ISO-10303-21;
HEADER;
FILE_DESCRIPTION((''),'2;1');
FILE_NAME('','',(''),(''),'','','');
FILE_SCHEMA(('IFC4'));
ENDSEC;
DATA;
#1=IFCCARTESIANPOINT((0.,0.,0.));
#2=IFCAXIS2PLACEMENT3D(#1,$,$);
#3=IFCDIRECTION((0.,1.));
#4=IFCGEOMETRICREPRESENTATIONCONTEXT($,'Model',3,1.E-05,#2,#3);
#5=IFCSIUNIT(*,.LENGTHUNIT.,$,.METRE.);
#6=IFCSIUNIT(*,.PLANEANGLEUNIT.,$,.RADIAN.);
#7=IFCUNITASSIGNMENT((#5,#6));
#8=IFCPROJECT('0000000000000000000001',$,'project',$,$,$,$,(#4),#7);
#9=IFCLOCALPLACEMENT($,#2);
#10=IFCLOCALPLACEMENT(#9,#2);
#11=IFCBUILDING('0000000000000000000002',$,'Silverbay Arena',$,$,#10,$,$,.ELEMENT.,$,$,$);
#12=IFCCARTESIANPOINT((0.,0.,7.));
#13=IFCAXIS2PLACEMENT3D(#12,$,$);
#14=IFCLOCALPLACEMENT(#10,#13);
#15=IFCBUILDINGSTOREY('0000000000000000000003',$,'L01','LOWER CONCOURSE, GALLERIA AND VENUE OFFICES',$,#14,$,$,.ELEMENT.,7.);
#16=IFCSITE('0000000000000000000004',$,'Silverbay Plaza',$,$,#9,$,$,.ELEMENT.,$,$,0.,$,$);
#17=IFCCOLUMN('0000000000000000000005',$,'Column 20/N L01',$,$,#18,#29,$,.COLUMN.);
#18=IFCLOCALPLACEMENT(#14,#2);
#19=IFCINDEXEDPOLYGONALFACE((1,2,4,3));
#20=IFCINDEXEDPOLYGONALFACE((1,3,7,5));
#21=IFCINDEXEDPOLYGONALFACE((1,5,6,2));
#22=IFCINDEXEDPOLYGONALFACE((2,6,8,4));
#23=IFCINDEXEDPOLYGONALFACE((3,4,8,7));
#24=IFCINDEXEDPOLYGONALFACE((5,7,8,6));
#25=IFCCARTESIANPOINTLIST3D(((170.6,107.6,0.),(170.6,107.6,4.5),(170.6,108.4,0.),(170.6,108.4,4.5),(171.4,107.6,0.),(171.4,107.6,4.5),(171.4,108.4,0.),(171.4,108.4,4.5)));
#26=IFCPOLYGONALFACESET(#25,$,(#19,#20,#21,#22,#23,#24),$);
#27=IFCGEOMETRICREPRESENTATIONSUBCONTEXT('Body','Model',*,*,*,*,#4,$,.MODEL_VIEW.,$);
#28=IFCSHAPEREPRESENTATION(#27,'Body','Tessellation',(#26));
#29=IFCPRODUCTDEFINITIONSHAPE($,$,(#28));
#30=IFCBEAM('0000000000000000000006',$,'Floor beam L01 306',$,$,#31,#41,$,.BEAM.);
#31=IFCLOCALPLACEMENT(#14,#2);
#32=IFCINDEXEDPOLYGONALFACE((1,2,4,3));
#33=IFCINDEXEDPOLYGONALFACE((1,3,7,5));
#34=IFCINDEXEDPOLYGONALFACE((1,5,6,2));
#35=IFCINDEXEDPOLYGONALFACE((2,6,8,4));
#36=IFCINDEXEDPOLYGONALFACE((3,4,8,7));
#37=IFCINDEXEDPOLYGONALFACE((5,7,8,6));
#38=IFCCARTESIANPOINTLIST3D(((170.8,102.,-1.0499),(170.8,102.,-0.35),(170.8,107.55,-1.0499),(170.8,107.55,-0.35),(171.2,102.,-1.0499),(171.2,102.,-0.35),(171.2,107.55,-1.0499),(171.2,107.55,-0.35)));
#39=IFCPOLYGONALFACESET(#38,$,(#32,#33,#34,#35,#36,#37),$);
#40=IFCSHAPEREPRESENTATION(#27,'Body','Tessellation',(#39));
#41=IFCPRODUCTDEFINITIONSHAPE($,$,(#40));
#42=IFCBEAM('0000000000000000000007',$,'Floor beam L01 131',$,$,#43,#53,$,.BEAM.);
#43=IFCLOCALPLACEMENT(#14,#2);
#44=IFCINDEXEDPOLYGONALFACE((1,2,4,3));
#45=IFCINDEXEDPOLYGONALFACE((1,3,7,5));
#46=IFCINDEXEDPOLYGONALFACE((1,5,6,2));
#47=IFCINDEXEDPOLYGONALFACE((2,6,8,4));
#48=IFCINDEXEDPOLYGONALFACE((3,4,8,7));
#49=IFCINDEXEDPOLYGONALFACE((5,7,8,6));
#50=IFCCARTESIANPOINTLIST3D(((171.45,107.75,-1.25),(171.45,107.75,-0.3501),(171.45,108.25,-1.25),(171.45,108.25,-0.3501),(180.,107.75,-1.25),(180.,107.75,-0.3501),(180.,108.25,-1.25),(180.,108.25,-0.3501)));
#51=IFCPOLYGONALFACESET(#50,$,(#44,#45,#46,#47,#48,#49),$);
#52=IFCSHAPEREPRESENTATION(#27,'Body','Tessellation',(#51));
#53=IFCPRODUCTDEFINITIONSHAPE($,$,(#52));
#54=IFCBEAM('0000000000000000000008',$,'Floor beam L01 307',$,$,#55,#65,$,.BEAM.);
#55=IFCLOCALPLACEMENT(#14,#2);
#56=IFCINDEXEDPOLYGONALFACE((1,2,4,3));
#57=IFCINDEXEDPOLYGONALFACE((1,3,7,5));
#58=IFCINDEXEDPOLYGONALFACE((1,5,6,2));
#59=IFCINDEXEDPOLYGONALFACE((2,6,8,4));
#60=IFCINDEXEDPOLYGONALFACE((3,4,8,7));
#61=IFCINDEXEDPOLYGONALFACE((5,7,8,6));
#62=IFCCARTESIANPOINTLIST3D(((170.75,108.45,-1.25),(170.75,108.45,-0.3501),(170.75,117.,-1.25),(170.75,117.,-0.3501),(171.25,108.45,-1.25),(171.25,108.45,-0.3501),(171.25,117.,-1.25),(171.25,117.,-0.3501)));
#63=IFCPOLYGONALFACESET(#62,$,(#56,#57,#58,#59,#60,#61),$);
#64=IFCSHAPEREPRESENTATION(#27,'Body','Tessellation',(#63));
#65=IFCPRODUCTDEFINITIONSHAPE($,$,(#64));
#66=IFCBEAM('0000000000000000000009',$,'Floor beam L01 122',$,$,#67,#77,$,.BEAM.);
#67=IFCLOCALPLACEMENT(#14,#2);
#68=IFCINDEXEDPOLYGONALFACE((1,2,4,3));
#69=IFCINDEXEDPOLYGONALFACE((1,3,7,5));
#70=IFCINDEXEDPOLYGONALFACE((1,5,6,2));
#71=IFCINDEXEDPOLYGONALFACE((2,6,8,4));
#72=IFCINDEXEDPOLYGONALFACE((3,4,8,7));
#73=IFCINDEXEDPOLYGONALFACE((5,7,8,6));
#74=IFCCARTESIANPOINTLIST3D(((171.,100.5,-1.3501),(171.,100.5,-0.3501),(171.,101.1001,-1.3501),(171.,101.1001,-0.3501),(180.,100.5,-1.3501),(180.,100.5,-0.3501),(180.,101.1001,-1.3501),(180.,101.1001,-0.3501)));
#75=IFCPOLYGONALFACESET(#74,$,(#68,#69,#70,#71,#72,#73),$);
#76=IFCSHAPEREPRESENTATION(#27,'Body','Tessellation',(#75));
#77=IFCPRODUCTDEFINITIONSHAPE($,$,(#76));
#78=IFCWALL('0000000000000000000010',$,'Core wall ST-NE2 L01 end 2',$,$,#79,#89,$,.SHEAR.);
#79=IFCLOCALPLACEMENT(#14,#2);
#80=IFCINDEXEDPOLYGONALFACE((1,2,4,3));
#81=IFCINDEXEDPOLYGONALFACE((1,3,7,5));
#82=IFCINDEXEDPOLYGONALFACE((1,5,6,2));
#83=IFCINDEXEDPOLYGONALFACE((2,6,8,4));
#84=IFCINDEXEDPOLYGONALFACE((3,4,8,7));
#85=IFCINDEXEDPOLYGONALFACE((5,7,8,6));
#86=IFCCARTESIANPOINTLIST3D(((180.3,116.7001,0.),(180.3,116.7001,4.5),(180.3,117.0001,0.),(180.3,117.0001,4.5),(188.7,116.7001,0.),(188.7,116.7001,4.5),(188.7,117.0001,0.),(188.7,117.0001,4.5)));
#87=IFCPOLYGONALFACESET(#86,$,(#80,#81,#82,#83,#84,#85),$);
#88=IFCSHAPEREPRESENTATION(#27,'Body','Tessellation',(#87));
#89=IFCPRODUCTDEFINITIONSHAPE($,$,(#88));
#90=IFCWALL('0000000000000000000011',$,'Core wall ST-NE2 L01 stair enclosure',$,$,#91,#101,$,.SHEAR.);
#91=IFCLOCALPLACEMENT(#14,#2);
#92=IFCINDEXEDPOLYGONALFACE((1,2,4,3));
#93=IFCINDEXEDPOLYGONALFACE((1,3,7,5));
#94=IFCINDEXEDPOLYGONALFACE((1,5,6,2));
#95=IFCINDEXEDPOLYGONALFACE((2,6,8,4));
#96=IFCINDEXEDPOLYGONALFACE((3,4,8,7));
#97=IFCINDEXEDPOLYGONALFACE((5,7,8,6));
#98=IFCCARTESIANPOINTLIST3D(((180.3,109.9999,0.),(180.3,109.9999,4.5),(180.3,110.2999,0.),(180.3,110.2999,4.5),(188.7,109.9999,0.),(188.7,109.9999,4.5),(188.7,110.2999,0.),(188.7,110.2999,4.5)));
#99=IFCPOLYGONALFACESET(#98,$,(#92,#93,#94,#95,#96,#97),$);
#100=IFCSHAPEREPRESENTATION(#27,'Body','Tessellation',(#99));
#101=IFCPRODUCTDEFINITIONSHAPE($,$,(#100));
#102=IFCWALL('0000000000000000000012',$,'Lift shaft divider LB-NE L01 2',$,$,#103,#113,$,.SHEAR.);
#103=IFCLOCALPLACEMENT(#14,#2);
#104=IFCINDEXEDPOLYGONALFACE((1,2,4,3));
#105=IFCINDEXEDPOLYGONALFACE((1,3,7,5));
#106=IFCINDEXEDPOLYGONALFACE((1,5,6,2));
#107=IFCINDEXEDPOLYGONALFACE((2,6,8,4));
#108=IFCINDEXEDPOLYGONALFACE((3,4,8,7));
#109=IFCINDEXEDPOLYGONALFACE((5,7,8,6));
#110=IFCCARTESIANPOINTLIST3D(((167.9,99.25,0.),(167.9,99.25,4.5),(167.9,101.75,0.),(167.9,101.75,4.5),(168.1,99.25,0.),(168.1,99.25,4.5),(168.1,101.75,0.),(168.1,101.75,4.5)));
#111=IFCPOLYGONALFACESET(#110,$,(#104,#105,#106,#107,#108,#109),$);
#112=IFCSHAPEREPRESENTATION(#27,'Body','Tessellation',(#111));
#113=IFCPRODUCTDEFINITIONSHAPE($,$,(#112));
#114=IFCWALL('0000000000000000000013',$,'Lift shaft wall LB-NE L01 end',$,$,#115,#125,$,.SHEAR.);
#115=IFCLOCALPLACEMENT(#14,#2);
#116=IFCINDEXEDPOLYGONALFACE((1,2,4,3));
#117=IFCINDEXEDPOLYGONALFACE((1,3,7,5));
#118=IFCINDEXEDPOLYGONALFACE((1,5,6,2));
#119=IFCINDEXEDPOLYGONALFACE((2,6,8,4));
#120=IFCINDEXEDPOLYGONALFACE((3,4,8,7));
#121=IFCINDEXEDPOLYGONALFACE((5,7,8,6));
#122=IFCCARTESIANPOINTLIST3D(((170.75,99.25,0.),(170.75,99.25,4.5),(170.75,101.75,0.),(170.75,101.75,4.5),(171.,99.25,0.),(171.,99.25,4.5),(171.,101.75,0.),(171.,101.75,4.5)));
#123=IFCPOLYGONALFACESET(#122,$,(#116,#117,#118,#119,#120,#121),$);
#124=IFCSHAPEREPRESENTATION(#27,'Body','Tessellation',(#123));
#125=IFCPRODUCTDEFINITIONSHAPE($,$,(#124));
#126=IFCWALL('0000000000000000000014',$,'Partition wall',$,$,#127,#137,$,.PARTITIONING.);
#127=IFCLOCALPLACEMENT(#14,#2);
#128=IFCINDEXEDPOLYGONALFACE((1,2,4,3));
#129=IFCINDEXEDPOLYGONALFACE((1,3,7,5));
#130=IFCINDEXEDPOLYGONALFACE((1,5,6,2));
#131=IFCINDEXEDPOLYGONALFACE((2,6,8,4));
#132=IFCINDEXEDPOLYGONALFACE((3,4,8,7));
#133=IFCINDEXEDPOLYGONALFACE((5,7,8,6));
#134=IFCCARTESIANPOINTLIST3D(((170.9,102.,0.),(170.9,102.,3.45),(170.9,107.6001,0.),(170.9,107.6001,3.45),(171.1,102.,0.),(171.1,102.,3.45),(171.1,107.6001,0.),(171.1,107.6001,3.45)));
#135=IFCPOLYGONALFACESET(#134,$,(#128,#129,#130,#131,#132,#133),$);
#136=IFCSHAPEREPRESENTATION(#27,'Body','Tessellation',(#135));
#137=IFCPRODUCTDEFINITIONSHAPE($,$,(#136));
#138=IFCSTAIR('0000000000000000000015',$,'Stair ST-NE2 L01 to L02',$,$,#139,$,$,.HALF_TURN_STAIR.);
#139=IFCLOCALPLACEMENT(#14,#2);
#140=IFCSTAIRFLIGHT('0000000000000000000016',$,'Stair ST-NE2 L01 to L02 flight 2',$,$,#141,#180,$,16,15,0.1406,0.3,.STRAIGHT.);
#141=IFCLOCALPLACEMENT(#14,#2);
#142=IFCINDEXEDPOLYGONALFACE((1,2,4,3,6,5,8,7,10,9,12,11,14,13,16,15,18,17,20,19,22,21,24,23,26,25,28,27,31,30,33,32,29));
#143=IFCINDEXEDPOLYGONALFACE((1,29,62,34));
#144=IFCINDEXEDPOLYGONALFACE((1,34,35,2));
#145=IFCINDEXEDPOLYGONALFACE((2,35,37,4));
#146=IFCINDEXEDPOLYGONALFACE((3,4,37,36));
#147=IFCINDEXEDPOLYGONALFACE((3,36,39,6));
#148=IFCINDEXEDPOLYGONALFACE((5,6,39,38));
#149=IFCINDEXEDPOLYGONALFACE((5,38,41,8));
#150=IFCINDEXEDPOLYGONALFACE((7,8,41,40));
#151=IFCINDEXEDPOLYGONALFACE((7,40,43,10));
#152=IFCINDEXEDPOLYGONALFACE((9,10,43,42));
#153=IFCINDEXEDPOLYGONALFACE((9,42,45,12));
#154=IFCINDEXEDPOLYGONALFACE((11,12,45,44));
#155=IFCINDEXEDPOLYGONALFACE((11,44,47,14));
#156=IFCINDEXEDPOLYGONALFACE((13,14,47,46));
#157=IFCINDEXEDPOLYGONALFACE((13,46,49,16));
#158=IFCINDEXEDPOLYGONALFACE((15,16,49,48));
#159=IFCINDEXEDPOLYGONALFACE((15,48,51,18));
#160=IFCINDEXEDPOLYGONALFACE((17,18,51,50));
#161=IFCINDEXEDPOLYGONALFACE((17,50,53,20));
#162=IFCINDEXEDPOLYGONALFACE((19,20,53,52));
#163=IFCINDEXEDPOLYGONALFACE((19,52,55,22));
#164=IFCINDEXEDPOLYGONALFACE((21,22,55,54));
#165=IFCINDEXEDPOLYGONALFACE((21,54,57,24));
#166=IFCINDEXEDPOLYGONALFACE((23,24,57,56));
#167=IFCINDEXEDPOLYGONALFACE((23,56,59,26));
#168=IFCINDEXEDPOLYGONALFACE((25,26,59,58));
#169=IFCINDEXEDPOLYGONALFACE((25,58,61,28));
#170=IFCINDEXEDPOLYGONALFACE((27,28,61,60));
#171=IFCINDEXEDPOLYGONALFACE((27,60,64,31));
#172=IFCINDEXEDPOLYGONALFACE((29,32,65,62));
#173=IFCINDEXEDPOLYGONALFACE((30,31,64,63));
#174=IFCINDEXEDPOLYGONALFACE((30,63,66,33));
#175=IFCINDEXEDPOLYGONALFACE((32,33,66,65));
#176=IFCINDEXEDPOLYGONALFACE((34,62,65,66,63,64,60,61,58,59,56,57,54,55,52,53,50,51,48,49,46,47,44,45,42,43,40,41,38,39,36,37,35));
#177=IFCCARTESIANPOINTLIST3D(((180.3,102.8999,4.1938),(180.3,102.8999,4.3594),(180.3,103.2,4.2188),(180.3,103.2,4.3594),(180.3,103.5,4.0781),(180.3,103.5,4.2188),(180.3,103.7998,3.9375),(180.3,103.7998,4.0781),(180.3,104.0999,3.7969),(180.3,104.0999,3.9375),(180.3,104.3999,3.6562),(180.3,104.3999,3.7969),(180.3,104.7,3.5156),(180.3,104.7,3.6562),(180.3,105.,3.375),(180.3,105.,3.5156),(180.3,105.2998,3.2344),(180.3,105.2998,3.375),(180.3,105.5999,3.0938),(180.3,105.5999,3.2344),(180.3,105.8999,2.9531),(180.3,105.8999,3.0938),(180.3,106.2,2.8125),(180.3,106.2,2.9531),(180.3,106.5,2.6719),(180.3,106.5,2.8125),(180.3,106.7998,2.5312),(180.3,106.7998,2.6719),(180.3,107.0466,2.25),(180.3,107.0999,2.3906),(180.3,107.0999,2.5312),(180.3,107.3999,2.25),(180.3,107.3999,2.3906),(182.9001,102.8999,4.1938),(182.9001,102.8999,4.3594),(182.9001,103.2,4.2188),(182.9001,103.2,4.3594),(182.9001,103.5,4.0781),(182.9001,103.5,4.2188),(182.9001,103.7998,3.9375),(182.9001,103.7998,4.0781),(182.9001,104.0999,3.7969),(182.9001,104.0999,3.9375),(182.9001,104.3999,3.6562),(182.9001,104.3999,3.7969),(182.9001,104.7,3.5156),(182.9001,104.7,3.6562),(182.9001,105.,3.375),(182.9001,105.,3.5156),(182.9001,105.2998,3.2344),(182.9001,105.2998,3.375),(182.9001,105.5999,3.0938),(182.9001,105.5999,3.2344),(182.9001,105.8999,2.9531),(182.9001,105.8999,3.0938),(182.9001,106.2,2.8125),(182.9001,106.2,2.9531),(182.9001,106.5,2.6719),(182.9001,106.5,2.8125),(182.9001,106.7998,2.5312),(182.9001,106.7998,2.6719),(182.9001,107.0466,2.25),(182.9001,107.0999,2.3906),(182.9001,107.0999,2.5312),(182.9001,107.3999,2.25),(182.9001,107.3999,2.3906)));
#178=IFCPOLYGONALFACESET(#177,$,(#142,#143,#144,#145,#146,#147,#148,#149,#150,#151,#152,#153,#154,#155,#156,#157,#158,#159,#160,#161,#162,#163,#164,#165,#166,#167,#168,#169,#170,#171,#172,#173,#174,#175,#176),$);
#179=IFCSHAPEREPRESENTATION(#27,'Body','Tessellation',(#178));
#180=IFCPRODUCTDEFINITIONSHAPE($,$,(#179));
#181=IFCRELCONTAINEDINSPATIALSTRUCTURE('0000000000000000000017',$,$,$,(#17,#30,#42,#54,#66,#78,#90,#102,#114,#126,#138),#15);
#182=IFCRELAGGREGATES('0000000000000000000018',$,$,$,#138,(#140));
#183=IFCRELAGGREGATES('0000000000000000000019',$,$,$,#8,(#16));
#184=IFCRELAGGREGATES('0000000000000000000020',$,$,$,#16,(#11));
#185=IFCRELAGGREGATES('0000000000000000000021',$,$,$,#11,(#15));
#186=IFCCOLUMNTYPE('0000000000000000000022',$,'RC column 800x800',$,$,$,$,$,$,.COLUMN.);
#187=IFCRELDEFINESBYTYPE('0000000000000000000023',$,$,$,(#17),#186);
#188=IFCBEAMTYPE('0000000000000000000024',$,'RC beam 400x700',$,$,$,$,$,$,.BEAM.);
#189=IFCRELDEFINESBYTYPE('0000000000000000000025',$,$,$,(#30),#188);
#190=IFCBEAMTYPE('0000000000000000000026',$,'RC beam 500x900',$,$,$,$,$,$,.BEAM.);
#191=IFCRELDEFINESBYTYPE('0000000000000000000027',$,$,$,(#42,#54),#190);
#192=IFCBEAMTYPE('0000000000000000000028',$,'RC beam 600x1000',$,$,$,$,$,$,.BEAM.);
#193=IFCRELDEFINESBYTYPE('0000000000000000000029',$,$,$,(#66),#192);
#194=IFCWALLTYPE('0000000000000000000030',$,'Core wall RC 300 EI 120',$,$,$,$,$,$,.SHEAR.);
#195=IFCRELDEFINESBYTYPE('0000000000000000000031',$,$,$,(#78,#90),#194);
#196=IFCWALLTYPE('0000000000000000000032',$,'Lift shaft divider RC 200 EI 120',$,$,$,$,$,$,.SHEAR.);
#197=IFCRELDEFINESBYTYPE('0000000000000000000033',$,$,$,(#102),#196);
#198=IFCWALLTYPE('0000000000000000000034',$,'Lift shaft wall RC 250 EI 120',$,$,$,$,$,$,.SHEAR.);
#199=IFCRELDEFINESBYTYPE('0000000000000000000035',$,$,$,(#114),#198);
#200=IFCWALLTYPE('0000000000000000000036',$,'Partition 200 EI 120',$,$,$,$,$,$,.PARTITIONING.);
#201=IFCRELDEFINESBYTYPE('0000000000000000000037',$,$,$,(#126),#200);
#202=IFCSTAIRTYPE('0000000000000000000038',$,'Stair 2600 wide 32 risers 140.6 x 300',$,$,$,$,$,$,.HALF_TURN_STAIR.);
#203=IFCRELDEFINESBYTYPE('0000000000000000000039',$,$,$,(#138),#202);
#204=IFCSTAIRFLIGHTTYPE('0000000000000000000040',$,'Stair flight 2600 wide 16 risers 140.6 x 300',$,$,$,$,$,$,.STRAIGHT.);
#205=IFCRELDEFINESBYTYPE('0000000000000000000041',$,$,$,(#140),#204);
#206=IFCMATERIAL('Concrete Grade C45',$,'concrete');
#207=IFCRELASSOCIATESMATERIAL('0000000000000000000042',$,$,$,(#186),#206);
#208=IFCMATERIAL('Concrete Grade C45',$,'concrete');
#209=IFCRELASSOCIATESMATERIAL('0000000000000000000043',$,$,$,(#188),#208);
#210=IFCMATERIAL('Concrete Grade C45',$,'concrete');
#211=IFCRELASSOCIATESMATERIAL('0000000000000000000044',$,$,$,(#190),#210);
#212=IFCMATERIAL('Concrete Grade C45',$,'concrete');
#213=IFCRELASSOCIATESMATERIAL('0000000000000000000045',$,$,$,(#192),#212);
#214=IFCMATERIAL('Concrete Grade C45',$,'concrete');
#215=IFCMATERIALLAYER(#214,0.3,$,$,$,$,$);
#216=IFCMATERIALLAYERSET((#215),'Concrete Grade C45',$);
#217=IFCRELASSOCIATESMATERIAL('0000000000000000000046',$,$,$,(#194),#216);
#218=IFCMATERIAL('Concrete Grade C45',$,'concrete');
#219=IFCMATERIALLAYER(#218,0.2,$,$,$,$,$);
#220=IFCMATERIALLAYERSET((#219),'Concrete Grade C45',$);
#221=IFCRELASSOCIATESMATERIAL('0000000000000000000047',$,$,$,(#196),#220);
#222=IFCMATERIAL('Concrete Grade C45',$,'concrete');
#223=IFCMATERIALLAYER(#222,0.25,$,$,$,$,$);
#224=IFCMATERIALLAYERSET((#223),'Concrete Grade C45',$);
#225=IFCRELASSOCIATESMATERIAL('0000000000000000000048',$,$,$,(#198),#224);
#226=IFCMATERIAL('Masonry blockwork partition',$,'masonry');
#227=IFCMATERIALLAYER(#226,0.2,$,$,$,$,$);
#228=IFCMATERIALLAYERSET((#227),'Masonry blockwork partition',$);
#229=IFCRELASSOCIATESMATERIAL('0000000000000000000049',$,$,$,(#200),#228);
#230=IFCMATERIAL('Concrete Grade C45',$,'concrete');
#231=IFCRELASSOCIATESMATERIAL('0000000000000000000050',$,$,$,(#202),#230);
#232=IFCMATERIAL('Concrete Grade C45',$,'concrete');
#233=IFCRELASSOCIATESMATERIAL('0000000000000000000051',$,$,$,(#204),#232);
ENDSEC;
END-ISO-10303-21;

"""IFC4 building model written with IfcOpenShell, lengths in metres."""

from ifc_helpers import new_model, si_unit, direction, frame, frame_2d, origin, origin_2d, place, context, subcontext, project, spatial, polyline, rectangle, outline, extrude, material, layer, layer_set, material_profile, profile_set, type_object, element, aggregate, save


model = new_model("IFC4")

# Units and contexts
model_context = context("Model", 3, precision=1e-05, world=origin(), true_north=direction((0.0, 1.0)))
body_context = subcontext(model_context, "Body", "Model", "MODEL_VIEW")
ifc_project = project(units=[si_unit("LENGTHUNIT", "METRE"), si_unit("PLANEANGLEUNIT", "RADIAN")], contexts=[model_context])

# Site, building, storey
site_placement = place(None, origin())
site = spatial("IfcSite", under=ifc_project, at=site_placement, Name="Silverbay Plaza", CompositionType="ELEMENT", RefElevation=0.0)
building_placement = place(site_placement, origin())
building = spatial("IfcBuilding", under=site, at=building_placement, Name="Silverbay Arena", CompositionType="ELEMENT")
storey_placement = place(building_placement, frame((0.0, 0.0, 7.0)))
storey = spatial("IfcBuildingStorey", under=building, at=storey_placement, Name="L01", Description="LOWER CONCOURSE, GALLERIA AND VENUE OFFICES", CompositionType="ELEMENT", Elevation=7.0)

# Column
ifc_material_1 = material(Name="Concrete Grade C45", Category="concrete")
ifc_material_profile_1 = material_profile(ifc_material_1, rectangle(XDim=0.8, YDim=0.8, at=origin_2d()), Name="RC 800x800")
ifc_profile_set_1 = profile_set([ifc_material_profile_1], Name="Concrete Grade C45")
column_type = type_object("IfcColumnType", Name="RC column 800x800", PredefinedType="COLUMN", material=ifc_profile_set_1)
column_placement = place(storey_placement, frame((171.0, 108.0, 0.0), z_axis=(0.0, 0.0, 1.0), x_axis=(1.0, 0.0, 0.0)))
element("IfcColumn", 1, at=column_placement, inside=storey, type_object=column_type, Name="Column 20/N L01", PredefinedType="COLUMN", context=body_context, shape_type="SweptSolid", body=[
    extrude(rectangle(XDim=0.8, YDim=0.8, at=origin_2d()), origin(), (0.0, 0.0, 1.0), 4.5),
])

# Beams
ifc_material_2 = material(Name="Concrete Grade C45", Category="concrete")
ifc_material_profile_2 = material_profile(ifc_material_2, rectangle(XDim=0.3999, YDim=0.7, at=origin_2d()), Name="RC 400x700")
ifc_profile_set_2 = profile_set([ifc_material_profile_2], Name="Concrete Grade C45")
beam_type_1 = type_object("IfcBeamType", Name="RC beam 400x700", PredefinedType="BEAM", material=ifc_profile_set_2)
beam_1_placement = place(storey_placement, frame((171.0, 102.0, -0.7), z_axis=(0.0, 1.0, 0.0), x_axis=(-1.0, 0.0, 0.0)))
element("IfcBeam", 2, at=beam_1_placement, inside=storey, type_object=beam_type_1, Name="Floor beam L01 306", PredefinedType="BEAM", context=body_context, shape_type="SweptSolid", body=[
    extrude(rectangle(XDim=0.3999, YDim=0.7, at=origin_2d()), origin(), (0.0, 0.0, 1.0), 5.55),
])
ifc_material_3 = material(Name="Concrete Grade C45", Category="concrete")
ifc_material_profile_3 = material_profile(ifc_material_3, rectangle(XDim=0.5, YDim=0.8999, at=origin_2d()), Name="RC 500x900")
ifc_profile_set_3 = profile_set([ifc_material_profile_3], Name="Concrete Grade C45")
beam_type_2 = type_object("IfcBeamType", Name="RC beam 500x900", PredefinedType="BEAM", material=ifc_profile_set_3)
for number, where, z_axis, x_axis, name in (
    (3, (171.45, 108.0, -0.8), (1.0, 0.0, 0.0), (0.0, 1.0, 0.0), "Floor beam L01 131"),
    (4, (171.0, 108.45, -0.8), (0.0, 1.0, 0.0), (-1.0, 0.0, 0.0), "Floor beam L01 307"),
):
    element("IfcBeam", number, at=place(storey_placement, frame(where, z_axis=z_axis, x_axis=x_axis)), inside=storey, type_object=beam_type_2, Name=name, PredefinedType="BEAM", context=body_context, shape_type="SweptSolid", body=[
        extrude(rectangle(XDim=0.5, YDim=0.8999, at=origin_2d()), origin(), (0.0, 0.0, 1.0), 8.55),
    ])
ifc_material_4 = material(Name="Concrete Grade C45", Category="concrete")
ifc_material_profile_4 = material_profile(ifc_material_4, rectangle(XDim=0.6001, YDim=1.0, at=origin_2d()), Name="RC 600x1000")
ifc_profile_set_4 = profile_set([ifc_material_profile_4], Name="Concrete Grade C45")
beam_type_3 = type_object("IfcBeamType", Name="RC beam 600x1000", PredefinedType="BEAM", material=ifc_profile_set_4)
beam_2_placement = place(storey_placement, frame((171.0, 100.8, -0.8501), z_axis=(1.0, 0.0, 0.0), x_axis=(0.0, 1.0, 0.0)))
element("IfcBeam", 5, at=beam_2_placement, inside=storey, type_object=beam_type_3, Name="Floor beam L01 122", PredefinedType="BEAM", context=body_context, shape_type="SweptSolid", body=[
    extrude(rectangle(XDim=0.6001, YDim=1.0, at=origin_2d()), origin(), (0.0, 0.0, 1.0), 9.0),
])

# Walls
ifc_material_5 = material(Name="Concrete Grade C45", Category="concrete")
ifc_layer_1 = layer(ifc_material_5, 0.3)
ifc_layer_set_1 = layer_set([ifc_layer_1], Name="Concrete Grade C45")
wall_type_1 = type_object("IfcWallType", Name="Core wall RC 300 EI 120", PredefinedType="SHEAR", material=ifc_layer_set_1)
for number, where, z_axis, x_axis, name in (
    (6, (180.3, 116.8501, 0.0), (0.0, 0.0, 1.0), (1.0, 0.0, 0.0), "Core wall ST-NE2 L01 end 2"),
    (7, (180.3, 110.1499, 0.0), (0.0, 0.0, 1.0), (1.0, 0.0, 0.0), "Core wall ST-NE2 L01 stair enclosure"),
):
    element("IfcWall", number, at=place(storey_placement, frame(where, z_axis=z_axis, x_axis=x_axis)), inside=storey, type_object=wall_type_1, Name=name, PredefinedType="SHEAR", context=body_context, shape_type="SweptSolid", body=[
        extrude(rectangle(XDim=8.3999, YDim=0.3, at=frame_2d((4.2, 0.0))), origin(), (0.0, 0.0, 1.0), 4.5),
    ])
ifc_material_6 = material(Name="Concrete Grade C45", Category="concrete")
ifc_layer_2 = layer(ifc_material_6, 0.2)
ifc_layer_set_2 = layer_set([ifc_layer_2], Name="Concrete Grade C45")
wall_type_2 = type_object("IfcWallType", Name="Lift shaft divider RC 200 EI 120", PredefinedType="SHEAR", material=ifc_layer_set_2)
wall_1_placement = place(storey_placement, frame((168.0, 99.25, 0.0), z_axis=(0.0, 0.0, 1.0), x_axis=(0.0, 1.0, 0.0)))
element("IfcWall", 8, at=wall_1_placement, inside=storey, type_object=wall_type_2, Name="Lift shaft divider LB-NE L01 2", PredefinedType="SHEAR", context=body_context, shape_type="SweptSolid", body=[
    extrude(rectangle(XDim=2.5, YDim=0.2, at=frame_2d((1.25, 0.0))), origin(), (0.0, 0.0, 1.0), 4.5),
])
ifc_material_7 = material(Name="Concrete Grade C45", Category="concrete")
ifc_layer_3 = layer(ifc_material_7, 0.25)
ifc_layer_set_3 = layer_set([ifc_layer_3], Name="Concrete Grade C45")
wall_type_3 = type_object("IfcWallType", Name="Lift shaft wall RC 250 EI 120", PredefinedType="SHEAR", material=ifc_layer_set_3)
wall_2_placement = place(storey_placement, frame((170.875, 99.25, 0.0), z_axis=(0.0, 0.0, 1.0), x_axis=(0.0, 1.0, 0.0)))
element("IfcWall", 9, at=wall_2_placement, inside=storey, type_object=wall_type_3, Name="Lift shaft wall LB-NE L01 end", PredefinedType="SHEAR", context=body_context, shape_type="SweptSolid", body=[
    extrude(rectangle(XDim=2.5, YDim=0.25, at=frame_2d((1.25, 0.0))), origin(), (0.0, 0.0, 1.0), 4.5),
])
ifc_material_8 = material(Name="Masonry blockwork partition", Category="masonry")
ifc_layer_4 = layer(ifc_material_8, 0.2)
ifc_layer_set_4 = layer_set([ifc_layer_4], Name="Masonry blockwork partition")
wall_type_4 = type_object("IfcWallType", Name="Partition 200 EI 120", PredefinedType="PARTITIONING", material=ifc_layer_set_4)
wall_3_placement = place(storey_placement, frame((171.0, 102.0, 0.0), z_axis=(0.0, 0.0, 1.0), x_axis=(0.0, 1.0, 0.0)))
element("IfcWall", 10, at=wall_3_placement, inside=storey, type_object=wall_type_4, Name="Partition wall", PredefinedType="PARTITIONING", context=body_context, shape_type="SweptSolid", body=[
    extrude(rectangle(XDim=5.6001, YDim=0.2, at=frame_2d((2.8, 0.0))), origin(), (0.0, 0.0, 1.0), 3.45),
])

# Stair, stair flight
ifc_material_9 = material(Name="Concrete Grade C45", Category="concrete")
stair_type = type_object("IfcStairType", Name="Stair 2600 wide 32 risers 140.6 x 300", PredefinedType="HALF_TURN_STAIR", material=ifc_material_9)
stair_placement = place(storey_placement, origin())
stair = element("IfcStair", 11, at=stair_placement, inside=storey, type_object=stair_type, Name="Stair ST-NE2 L01 to L02", PredefinedType="HALF_TURN_STAIR")
ifc_material_10 = material(Name="Concrete Grade C45", Category="concrete")
stair_flight_type = type_object("IfcStairFlightType", Name="Stair flight 2600 wide 16 risers 140.6 x 300", PredefinedType="STRAIGHT", material=ifc_material_10)
stair_flight_placement = place(storey_placement, frame((181.6001, 107.3999, 2.25), z_axis=(0.0, 0.0, 1.0), x_axis=(0.0, -1.0, 0.0)))
stair_flight = element("IfcStairFlight", 12, at=stair_flight_placement, type_object=stair_flight_type, Name="Stair ST-NE2 L01 to L02 flight 2", NumberOfRisers=16, NumberOfTreads=15, PredefinedType="STRAIGHT", RiserHeight=0.1406, TreadLength=0.3, context=body_context, shape_type="SweptSolid", body=[
    extrude(outline(polyline([(0.0, 0.0), (0.0, 0.1406), (0.3, 0.1406), (0.3, 0.2812), (0.6001, 0.2812), (0.6001, 0.4219), (0.8999, 0.4219), (0.8999, 0.5625), (1.2, 0.5625), (1.2, 0.7031), (1.5, 0.7031), (1.5, 0.8438), (1.8, 0.8438), (1.8, 0.9844), (2.1001, 0.9844), (2.1001, 1.125), (2.3999, 1.125), (2.3999, 1.2656), (2.7, 1.2656), (2.7, 1.4062), (3.0, 1.4062), (3.0, 1.5469), (3.3, 1.5469), (3.3, 1.6875), (3.6001, 1.6875), (3.6001, 1.8281), (3.8999, 1.8281), (3.8999, 1.9688), (4.2, 1.9688), (4.2, 2.1094), (4.5, 2.1094), (4.5, 1.9438), (0.3533, 0.0), (0.0, 0.0)])), frame((0.0, 1.3, 0.0), z_axis=(0.0, -1.0, 0.0), x_axis=(1.0, 0.0, 0.0)), (0.0, 0.0, 1.0), 2.6001),
])
aggregate(stair, [stair_flight])

save(model, "model.ifc")
